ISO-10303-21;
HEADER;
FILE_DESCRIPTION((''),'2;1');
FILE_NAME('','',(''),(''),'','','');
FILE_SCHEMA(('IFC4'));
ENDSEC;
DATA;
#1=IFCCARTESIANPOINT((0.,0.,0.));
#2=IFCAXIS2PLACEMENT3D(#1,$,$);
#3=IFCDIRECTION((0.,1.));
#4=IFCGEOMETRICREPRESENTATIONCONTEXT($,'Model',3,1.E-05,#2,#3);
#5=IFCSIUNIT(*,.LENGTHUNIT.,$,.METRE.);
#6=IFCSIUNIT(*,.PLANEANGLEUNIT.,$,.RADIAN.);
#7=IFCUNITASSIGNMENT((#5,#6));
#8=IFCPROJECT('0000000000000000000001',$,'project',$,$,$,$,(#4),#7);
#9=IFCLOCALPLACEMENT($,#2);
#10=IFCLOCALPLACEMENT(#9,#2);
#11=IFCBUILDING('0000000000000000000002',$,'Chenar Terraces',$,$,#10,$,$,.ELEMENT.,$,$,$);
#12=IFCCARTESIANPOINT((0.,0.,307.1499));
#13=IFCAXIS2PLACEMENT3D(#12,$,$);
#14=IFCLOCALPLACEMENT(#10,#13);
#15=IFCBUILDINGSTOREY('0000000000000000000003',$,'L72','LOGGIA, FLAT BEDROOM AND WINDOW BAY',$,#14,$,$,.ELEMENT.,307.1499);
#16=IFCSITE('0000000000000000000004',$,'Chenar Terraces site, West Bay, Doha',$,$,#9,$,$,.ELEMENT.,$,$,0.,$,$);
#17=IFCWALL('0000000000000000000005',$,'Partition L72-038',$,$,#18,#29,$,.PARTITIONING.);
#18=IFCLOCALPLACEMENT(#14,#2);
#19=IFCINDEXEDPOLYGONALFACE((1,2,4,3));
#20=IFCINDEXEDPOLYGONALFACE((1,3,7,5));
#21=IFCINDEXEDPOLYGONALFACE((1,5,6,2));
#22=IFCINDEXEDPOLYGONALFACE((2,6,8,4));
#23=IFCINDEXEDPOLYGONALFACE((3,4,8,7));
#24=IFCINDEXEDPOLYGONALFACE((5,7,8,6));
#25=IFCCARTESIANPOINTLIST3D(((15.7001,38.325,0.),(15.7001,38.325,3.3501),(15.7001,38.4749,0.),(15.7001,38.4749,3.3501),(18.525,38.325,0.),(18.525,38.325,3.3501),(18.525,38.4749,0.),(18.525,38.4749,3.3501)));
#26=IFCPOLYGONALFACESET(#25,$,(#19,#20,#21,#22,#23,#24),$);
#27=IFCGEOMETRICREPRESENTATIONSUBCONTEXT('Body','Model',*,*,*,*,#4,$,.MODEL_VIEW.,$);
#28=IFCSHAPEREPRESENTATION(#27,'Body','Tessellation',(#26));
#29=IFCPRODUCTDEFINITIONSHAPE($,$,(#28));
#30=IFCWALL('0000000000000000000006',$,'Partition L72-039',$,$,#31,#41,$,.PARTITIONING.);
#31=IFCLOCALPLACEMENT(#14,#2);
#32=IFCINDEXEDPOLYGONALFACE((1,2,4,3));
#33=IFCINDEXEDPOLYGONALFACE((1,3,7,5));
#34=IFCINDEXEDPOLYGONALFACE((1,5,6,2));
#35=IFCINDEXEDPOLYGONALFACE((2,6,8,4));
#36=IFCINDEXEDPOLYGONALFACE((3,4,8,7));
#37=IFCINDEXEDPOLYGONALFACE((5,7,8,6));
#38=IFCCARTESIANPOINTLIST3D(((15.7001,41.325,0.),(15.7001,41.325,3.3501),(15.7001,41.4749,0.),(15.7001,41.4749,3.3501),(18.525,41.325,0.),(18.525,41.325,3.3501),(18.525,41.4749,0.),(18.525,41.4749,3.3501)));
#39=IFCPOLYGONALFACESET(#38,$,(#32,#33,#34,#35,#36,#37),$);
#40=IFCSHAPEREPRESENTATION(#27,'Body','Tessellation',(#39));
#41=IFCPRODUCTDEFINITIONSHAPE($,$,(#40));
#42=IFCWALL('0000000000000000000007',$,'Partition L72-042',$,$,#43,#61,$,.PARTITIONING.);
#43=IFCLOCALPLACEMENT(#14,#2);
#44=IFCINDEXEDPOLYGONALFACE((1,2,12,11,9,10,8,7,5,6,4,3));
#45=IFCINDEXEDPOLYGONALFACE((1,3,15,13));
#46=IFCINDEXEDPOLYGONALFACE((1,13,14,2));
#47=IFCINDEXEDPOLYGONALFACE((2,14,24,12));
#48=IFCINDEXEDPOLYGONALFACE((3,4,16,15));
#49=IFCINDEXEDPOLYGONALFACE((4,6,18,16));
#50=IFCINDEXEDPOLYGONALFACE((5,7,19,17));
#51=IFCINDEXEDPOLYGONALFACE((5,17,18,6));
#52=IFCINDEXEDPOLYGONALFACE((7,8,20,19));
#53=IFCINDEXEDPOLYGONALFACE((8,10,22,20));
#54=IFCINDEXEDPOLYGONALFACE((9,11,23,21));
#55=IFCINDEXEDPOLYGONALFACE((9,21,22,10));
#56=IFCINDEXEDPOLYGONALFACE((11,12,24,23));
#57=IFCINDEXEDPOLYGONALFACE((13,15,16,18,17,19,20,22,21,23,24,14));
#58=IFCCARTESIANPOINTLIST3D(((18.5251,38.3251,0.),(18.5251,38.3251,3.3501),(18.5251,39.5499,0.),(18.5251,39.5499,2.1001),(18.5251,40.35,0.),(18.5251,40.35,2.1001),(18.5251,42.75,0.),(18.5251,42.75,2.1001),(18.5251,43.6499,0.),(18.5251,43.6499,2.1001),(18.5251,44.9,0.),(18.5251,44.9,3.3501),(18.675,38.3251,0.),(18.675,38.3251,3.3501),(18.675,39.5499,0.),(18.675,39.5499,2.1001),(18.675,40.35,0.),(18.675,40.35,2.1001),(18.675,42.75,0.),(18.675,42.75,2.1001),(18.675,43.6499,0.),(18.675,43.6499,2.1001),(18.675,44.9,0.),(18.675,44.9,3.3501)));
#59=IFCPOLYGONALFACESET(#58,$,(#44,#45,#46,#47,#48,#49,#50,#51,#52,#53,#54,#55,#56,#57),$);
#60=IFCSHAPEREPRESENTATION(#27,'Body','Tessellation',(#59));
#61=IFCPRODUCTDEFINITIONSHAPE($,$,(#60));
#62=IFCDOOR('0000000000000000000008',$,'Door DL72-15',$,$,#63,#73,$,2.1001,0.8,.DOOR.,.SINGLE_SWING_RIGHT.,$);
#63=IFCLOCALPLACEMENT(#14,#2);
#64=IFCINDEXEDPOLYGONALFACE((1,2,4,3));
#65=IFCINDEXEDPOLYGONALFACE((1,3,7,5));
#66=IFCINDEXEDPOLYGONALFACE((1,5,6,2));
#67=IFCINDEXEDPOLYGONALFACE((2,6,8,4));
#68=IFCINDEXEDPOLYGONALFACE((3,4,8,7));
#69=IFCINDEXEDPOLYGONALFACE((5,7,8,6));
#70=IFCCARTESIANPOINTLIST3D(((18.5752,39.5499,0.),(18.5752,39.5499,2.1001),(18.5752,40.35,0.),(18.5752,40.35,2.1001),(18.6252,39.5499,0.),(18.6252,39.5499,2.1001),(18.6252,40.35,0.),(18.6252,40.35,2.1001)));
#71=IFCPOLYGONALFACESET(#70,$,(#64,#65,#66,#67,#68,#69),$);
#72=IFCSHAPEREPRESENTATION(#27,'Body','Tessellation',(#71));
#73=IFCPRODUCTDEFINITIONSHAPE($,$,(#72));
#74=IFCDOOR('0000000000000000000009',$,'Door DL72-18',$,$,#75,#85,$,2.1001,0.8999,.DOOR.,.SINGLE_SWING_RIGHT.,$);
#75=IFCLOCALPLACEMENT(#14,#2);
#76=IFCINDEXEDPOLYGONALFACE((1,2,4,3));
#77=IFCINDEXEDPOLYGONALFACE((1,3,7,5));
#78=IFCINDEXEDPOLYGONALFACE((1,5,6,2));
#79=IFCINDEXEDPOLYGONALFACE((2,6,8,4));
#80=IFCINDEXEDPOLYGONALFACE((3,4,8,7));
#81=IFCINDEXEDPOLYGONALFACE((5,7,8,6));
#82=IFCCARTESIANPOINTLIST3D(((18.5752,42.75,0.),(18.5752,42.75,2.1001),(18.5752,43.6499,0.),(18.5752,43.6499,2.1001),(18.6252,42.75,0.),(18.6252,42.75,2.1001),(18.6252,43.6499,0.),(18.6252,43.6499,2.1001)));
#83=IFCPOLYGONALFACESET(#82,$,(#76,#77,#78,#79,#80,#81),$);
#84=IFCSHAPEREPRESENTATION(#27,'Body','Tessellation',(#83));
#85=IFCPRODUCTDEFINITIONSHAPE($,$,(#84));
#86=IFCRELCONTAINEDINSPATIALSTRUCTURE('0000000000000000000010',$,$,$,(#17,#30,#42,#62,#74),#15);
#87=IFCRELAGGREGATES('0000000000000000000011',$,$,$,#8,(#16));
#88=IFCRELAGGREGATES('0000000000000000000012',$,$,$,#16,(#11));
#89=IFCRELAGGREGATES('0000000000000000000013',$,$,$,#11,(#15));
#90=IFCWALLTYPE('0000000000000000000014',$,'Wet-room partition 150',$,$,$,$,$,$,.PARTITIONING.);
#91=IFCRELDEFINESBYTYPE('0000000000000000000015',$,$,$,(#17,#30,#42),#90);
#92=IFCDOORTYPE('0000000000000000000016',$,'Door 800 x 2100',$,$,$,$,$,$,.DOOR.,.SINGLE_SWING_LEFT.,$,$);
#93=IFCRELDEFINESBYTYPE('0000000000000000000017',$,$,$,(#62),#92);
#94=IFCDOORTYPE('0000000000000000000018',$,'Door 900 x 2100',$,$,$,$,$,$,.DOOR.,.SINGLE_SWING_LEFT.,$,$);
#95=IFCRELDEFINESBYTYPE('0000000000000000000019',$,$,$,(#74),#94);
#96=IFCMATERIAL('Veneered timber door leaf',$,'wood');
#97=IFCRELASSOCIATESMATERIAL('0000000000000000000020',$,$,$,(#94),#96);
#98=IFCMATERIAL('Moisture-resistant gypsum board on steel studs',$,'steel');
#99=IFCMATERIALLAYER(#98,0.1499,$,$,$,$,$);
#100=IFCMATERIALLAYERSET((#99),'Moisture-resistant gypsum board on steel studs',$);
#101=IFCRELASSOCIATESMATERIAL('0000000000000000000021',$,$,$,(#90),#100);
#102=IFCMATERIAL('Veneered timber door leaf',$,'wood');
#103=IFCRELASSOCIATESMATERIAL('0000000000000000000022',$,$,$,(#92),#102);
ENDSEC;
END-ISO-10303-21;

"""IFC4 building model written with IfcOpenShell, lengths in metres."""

from ifc_helpers import new_model, si_unit, direction, frame, frame_2d, origin, place, context, subcontext, project, spatial, rectangle, extrude, material, layer, layer_set, type_object, element, fill, save


model = new_model("IFC4")

# Units and contexts
model_context = context("Model", 3, precision=1e-05, world=origin(), true_north=direction((0.0, 1.0)))
body_context = subcontext(model_context, "Body", "Model", "MODEL_VIEW")
ifc_project = project(units=[si_unit("LENGTHUNIT", "METRE"), si_unit("PLANEANGLEUNIT", "RADIAN")], contexts=[model_context])

# Site, building, storey
site_placement = place(None, origin())
site = spatial("IfcSite", under=ifc_project, at=site_placement, Name="Chenar Terraces site, West Bay, Doha", CompositionType="ELEMENT", RefElevation=0.0)
building_placement = place(site_placement, origin())
building = spatial("IfcBuilding", under=site, at=building_placement, Name="Chenar Terraces", CompositionType="ELEMENT")
storey_placement = place(building_placement, frame((0.0, 0.0, 307.1499)))
storey = spatial("IfcBuildingStorey", under=building, at=storey_placement, Name="L72", Description="LOGGIA, FLAT BEDROOM AND WINDOW BAY", CompositionType="ELEMENT", Elevation=307.1499)

# Shared definitions
ifc_material_1 = material(Name="Veneered timber door leaf", Category="wood")
door_type_1 = type_object("IfcDoorType", Name="Door 900 x 2100", OperationType="SINGLE_SWING_LEFT", PredefinedType="DOOR", material=ifc_material_1)

# Walls
ifc_material_2 = material(Name="Moisture-resistant gypsum board on steel studs", Category="steel")
ifc_layer_1 = layer(ifc_material_2, 0.1499)
ifc_layer_set_1 = layer_set([ifc_layer_1], Name="Moisture-resistant gypsum board on steel studs")
wall_type_1 = type_object("IfcWallType", Name="Wet-room partition 150", PredefinedType="PARTITIONING", material=ifc_layer_set_1)
for number, where, z_axis, x_axis, name in (
    (1, (15.7, 38.3999, 0.0), (0.0, 0.0, 1.0), (1.0, 0.0, 0.0), "Partition L72-038"),
    (2, (15.7, 41.3999, 0.0), (0.0, 0.0, 1.0), (1.0, 0.0, 0.0), "Partition L72-039"),
):
    element("IfcWall", number, at=place(storey_placement, frame(where, z_axis=z_axis, x_axis=x_axis)), inside=storey, type_object=wall_type_1, Name=name, PredefinedType="PARTITIONING", context=body_context, shape_type="SweptSolid", body=[
        extrude(rectangle(XDim=2.825, YDim=0.1499, at=frame_2d((1.4126, 0.0))), origin(), (0.0, 0.0, 1.0), 3.3501),
    ])

# Wall, openings, doors
wall_1_placement = place(storey_placement, frame((18.6001, 38.325, 0.0), z_axis=(0.0, 0.0, 1.0), x_axis=(0.0, 1.0, 0.0)))
wall_1 = element("IfcWall", 3, at=wall_1_placement, inside=storey, type_object=wall_type_1, Name="Partition L72-042", PredefinedType="PARTITIONING", context=body_context, shape_type="SweptSolid", body=[
    extrude(rectangle(XDim=6.575, YDim=0.1499, at=frame_2d((3.2876, 0.0))), origin(), (0.0, 0.0, 1.0), 3.3501),
])
opening_1_placement = place(wall_1_placement, frame((1.2251, 0.0, 0.0)))
opening_1 = element("IfcOpeningElement", 4, at=opening_1_placement, cuts=wall_1, PredefinedType="OPENING", context=body_context, shape_type="SweptSolid", body=[
    extrude(rectangle(XDim=0.8, YDim=2.1001, at=frame_2d((0.3999, 1.05))), frame((0.0, 0.085, 0.0), z_axis=(0.0, -1.0, 0.0), x_axis=(1.0, 0.0, 0.0)), (0.0, 0.0, 1.0), 0.1699),
])
opening_2_placement = place(wall_1_placement, frame((4.425, 0.0, 0.0)))
opening_2 = element("IfcOpeningElement", 5, at=opening_2_placement, cuts=wall_1, PredefinedType="OPENING", context=body_context, shape_type="SweptSolid", body=[
    extrude(rectangle(XDim=0.8999, YDim=2.1001, at=frame_2d((0.45, 1.05))), frame((0.0, 0.085, 0.0), z_axis=(0.0, -1.0, 0.0), x_axis=(1.0, 0.0, 0.0)), (0.0, 0.0, 1.0), 0.1699),
])
ifc_material_3 = material(Name="Veneered timber door leaf", Category="wood")
door_type_2 = type_object("IfcDoorType", Name="Door 800 x 2100", OperationType="SINGLE_SWING_LEFT", PredefinedType="DOOR", material=ifc_material_3)
door_1_placement = place(opening_1_placement, origin())
door_1 = element("IfcDoor", 6, at=door_1_placement, inside=storey, type_object=door_type_2, Name="Door DL72-15", OperationType="SINGLE_SWING_RIGHT", OverallHeight=2.1001, OverallWidth=0.8, PredefinedType="DOOR", context=body_context, shape_type="SweptSolid", body=[
    extrude(rectangle(XDim=0.8, YDim=2.1001, at=frame_2d((0.3999, 1.05))), frame((0.0, 0.0249, 0.0), z_axis=(0.0, -1.0, 0.0), x_axis=(1.0, 0.0, 0.0)), (0.0, 0.0, 1.0), 0.05),
])
fill(opening_1, door_1)
door_2_placement = place(opening_2_placement, origin())
door_2 = element("IfcDoor", 7, at=door_2_placement, inside=storey, type_object=door_type_1, Name="Door DL72-18", OperationType="SINGLE_SWING_RIGHT", OverallHeight=2.1001, OverallWidth=0.8999, PredefinedType="DOOR", context=body_context, shape_type="SweptSolid", body=[
    extrude(rectangle(XDim=0.8999, YDim=2.1001, at=frame_2d((0.45, 1.05))), frame((0.0, 0.0249, 0.0), z_axis=(0.0, -1.0, 0.0), x_axis=(1.0, 0.0, 0.0)), (0.0, 0.0, 1.0), 0.05),
])
fill(opening_2, door_2)

save(model, "model.ifc")
